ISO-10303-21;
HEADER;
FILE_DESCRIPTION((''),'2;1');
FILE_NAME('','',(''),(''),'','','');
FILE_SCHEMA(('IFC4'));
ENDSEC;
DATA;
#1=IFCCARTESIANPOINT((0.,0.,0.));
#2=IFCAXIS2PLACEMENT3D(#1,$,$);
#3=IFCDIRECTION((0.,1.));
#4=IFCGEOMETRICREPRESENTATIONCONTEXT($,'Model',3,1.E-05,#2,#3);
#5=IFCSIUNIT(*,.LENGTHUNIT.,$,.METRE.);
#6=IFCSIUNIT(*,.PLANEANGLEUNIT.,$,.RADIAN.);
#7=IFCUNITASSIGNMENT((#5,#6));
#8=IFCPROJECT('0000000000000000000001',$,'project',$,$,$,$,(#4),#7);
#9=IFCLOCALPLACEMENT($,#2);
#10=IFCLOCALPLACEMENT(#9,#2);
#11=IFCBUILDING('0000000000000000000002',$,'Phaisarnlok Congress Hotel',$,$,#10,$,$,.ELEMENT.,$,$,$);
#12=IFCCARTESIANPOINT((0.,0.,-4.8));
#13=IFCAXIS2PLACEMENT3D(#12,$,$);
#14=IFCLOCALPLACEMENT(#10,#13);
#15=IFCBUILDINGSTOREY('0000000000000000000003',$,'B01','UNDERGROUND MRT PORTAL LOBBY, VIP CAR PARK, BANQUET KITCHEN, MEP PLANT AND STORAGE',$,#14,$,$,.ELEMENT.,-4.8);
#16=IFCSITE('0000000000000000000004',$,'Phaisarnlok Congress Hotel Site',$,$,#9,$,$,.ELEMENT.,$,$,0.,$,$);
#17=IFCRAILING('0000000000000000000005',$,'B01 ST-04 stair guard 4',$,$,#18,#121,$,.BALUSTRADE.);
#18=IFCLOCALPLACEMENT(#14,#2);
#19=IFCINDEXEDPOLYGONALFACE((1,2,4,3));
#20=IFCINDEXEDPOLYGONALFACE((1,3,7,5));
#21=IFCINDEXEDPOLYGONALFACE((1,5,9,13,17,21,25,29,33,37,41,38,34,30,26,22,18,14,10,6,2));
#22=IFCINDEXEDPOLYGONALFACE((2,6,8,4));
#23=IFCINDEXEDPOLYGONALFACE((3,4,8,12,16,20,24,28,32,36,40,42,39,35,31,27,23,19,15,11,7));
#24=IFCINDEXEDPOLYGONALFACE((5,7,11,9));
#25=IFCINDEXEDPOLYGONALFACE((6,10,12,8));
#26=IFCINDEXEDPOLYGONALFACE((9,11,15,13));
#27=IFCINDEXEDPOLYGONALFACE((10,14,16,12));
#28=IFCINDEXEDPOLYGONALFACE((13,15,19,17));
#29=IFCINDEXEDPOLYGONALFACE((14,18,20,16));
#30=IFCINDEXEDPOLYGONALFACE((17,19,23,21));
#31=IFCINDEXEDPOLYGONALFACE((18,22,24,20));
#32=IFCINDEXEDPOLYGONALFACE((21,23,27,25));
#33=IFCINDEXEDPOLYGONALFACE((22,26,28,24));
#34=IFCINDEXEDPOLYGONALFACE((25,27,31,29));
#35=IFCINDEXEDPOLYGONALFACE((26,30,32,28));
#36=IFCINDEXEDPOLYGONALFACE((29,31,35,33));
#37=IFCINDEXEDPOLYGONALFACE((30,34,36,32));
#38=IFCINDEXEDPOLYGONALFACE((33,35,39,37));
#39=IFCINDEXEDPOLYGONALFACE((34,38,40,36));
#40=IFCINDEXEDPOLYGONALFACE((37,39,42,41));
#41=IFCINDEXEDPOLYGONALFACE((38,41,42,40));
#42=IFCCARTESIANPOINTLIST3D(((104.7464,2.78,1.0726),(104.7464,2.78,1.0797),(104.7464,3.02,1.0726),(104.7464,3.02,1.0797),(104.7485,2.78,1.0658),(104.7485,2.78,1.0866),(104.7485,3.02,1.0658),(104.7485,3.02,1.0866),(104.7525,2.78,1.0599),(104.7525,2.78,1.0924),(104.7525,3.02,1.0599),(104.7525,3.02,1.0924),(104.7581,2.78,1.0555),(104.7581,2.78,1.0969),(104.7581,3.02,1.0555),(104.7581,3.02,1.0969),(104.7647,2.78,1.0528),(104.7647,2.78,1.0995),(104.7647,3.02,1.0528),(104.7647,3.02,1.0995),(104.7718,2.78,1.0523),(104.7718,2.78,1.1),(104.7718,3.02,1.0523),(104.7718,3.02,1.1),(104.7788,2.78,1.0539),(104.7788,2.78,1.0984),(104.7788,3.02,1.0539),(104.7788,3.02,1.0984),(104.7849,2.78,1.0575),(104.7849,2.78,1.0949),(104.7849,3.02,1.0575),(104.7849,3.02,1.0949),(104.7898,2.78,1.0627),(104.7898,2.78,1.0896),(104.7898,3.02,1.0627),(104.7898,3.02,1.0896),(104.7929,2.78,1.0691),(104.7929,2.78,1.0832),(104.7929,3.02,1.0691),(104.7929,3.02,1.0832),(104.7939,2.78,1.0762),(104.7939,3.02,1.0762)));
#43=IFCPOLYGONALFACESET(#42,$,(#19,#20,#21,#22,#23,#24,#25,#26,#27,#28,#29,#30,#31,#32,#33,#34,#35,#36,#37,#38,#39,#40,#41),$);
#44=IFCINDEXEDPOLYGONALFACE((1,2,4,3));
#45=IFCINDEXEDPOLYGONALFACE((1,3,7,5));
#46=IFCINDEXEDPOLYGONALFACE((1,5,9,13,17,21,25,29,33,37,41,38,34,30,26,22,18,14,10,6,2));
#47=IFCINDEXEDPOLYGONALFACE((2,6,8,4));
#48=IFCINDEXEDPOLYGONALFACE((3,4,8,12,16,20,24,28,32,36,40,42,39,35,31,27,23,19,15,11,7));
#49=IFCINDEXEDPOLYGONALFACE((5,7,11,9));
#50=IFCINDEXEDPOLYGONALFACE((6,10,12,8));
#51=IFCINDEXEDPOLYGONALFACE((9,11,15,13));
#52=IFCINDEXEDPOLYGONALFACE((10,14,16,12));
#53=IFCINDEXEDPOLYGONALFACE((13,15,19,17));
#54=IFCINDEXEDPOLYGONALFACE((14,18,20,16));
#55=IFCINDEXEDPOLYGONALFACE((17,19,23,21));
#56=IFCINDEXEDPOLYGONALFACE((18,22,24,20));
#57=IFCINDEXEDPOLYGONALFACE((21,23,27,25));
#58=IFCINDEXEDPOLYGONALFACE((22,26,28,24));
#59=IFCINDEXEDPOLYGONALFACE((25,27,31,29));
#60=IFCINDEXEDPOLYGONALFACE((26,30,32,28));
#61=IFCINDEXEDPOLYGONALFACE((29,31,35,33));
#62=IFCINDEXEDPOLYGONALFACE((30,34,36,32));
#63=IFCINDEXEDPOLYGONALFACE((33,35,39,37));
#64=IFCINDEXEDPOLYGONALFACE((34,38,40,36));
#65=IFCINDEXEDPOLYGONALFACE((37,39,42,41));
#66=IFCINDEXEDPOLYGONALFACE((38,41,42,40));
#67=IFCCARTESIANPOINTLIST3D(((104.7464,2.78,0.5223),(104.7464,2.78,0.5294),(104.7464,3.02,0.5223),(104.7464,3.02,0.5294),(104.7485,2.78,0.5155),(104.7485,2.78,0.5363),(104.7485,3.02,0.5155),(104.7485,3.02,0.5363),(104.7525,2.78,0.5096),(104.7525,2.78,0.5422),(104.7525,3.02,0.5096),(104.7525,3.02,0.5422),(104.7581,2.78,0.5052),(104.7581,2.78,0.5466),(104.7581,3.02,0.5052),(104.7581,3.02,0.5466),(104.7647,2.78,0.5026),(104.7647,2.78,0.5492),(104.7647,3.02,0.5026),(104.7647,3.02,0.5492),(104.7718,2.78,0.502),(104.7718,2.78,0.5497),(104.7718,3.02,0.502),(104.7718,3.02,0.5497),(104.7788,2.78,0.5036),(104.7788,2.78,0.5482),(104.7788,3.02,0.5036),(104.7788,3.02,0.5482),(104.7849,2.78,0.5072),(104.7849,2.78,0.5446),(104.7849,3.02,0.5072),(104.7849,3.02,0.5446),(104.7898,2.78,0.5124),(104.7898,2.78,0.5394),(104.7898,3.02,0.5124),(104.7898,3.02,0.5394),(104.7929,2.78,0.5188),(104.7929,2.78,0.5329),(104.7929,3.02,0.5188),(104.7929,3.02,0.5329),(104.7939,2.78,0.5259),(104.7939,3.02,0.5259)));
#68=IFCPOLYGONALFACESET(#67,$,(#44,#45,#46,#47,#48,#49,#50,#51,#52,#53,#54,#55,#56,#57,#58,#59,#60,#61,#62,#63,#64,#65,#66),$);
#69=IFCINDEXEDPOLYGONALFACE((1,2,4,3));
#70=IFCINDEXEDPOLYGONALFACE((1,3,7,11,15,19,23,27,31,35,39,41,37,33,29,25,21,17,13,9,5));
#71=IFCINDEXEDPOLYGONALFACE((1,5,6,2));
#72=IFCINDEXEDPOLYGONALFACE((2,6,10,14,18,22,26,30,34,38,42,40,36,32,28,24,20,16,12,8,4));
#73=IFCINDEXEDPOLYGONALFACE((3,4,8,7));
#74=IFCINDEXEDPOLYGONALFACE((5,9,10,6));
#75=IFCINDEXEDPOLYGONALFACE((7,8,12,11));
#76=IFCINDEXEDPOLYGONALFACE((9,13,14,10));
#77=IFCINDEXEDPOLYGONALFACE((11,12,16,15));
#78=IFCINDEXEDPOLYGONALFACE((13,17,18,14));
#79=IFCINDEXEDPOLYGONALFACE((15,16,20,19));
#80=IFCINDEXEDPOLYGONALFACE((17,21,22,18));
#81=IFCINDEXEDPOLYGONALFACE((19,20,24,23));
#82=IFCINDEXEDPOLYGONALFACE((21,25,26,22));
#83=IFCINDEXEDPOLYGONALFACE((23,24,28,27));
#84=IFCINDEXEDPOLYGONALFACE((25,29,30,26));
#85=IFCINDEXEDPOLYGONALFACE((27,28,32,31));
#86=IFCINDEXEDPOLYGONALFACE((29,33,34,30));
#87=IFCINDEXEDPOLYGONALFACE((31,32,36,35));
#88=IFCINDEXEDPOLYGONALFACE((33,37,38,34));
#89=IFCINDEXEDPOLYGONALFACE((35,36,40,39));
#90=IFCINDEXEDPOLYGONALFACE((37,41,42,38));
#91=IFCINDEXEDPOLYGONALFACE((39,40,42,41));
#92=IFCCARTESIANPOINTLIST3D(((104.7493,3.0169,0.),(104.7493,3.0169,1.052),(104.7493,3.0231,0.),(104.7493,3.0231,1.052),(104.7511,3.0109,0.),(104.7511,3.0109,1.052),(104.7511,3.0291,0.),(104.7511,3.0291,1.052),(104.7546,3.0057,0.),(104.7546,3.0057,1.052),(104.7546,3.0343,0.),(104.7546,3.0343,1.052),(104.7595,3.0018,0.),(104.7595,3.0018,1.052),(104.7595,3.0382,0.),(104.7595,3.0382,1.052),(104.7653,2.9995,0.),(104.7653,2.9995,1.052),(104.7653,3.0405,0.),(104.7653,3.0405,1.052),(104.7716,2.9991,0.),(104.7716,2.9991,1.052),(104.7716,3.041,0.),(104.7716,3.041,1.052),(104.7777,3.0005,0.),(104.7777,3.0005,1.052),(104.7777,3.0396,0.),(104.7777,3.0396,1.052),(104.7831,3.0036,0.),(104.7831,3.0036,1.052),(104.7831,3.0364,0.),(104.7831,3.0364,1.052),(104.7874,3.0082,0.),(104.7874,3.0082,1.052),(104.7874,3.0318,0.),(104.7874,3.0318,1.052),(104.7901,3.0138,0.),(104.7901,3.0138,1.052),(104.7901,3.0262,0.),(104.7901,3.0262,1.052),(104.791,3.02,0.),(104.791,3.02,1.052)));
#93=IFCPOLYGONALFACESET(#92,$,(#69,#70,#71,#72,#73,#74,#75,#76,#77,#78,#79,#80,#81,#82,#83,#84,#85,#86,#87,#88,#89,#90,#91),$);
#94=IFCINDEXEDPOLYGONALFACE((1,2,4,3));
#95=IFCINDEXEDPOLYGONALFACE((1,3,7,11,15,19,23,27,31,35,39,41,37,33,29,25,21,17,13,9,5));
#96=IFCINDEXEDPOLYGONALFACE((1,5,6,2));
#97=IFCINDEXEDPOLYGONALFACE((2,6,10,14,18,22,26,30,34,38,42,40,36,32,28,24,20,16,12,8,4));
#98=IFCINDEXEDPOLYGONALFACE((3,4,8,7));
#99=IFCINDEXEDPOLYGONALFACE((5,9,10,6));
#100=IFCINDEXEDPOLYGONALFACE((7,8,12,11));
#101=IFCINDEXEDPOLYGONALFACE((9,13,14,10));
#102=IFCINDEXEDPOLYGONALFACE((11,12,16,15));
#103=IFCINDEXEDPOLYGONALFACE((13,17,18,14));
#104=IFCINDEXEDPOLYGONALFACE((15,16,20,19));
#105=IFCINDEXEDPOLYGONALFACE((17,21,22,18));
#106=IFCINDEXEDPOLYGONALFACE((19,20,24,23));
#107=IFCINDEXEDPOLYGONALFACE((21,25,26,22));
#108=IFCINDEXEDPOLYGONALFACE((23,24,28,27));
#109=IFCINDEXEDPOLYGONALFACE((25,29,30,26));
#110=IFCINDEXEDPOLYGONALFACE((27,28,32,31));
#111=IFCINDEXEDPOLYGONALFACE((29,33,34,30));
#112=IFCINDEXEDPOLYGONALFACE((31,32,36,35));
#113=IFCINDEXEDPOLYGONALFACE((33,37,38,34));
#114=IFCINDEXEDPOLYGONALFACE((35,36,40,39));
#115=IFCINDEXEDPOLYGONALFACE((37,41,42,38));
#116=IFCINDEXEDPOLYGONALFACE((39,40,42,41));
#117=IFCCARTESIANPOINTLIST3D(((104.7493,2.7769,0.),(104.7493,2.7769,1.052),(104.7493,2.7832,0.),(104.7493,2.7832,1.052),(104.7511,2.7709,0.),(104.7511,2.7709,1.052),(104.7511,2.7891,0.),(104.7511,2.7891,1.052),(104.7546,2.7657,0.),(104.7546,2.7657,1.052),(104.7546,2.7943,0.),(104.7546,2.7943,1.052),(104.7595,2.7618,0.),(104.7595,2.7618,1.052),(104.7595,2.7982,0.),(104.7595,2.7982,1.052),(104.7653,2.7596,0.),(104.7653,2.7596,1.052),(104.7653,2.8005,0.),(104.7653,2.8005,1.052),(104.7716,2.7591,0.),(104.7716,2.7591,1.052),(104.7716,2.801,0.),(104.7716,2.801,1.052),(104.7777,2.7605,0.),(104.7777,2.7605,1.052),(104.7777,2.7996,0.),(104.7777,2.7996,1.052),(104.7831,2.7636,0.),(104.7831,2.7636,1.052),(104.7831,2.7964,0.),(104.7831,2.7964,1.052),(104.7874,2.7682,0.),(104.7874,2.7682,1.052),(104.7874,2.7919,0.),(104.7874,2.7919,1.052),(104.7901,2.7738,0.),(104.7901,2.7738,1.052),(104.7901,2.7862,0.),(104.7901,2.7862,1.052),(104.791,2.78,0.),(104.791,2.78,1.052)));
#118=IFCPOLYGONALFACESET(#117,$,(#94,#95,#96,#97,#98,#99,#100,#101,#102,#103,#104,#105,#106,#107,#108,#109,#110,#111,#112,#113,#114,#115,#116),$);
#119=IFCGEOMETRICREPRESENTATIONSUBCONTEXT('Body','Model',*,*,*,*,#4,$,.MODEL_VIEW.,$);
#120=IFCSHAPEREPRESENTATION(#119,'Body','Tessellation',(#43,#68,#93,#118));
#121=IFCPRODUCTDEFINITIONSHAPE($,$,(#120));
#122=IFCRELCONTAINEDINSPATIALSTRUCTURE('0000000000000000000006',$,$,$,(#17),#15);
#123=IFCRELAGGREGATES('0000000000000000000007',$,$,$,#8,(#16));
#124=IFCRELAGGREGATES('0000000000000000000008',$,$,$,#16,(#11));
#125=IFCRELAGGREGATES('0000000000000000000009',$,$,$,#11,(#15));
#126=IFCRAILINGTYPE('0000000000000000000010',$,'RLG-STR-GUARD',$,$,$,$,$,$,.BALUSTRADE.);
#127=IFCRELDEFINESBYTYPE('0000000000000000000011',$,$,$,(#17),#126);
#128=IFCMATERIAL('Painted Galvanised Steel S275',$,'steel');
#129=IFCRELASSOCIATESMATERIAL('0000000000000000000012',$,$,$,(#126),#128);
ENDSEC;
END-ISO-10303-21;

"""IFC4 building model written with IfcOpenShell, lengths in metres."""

from ifc_helpers import new_model, si_unit, direction, frame, origin, origin_2d, place, context, subcontext, project, spatial, circle, extrude, material, type_object, element, save


model = new_model("IFC4")

# Units and contexts
model_context = context("Model", 3, precision=1e-05, world=origin(), true_north=direction((0.0, 1.0)))
body_context = subcontext(model_context, "Body", "Model", "MODEL_VIEW")
ifc_project = project(units=[si_unit("LENGTHUNIT", "METRE"), si_unit("PLANEANGLEUNIT", "RADIAN")], contexts=[model_context])

# Site, building, storey
site_placement = place(None, origin())
site = spatial("IfcSite", under=ifc_project, at=site_placement, Name="Phaisarnlok Congress Hotel Site", CompositionType="ELEMENT", RefElevation=0.0)
building_placement = place(site_placement, origin())
building = spatial("IfcBuilding", under=site, at=building_placement, Name="Phaisarnlok Congress Hotel", CompositionType="ELEMENT")
storey_placement = place(building_placement, frame((0.0, 0.0, -4.8)))
storey = spatial("IfcBuildingStorey", under=building, at=storey_placement, Name="B01", Description="UNDERGROUND MRT PORTAL LOBBY, VIP CAR PARK, BANQUET KITCHEN, MEP PLANT AND STORAGE", CompositionType="ELEMENT", Elevation=-4.8)

# Railing
ifc_material_1 = material(Name="Painted Galvanised Steel S275", Category="steel")
railing_type_1 = type_object("IfcRailingType", Name="RLG-STR-GUARD", PredefinedType="BALUSTRADE", material=ifc_material_1)
railing_1_placement = place(storey_placement, frame((104.77, 3.02, 0.0)))
element("IfcRailing", 1, at=railing_1_placement, inside=storey, type_object=railing_type_1, Name="B01 ST-04 stair guard 4", PredefinedType="BALUSTRADE", context=body_context, shape_type="SweptSolid", body=[
    extrude(circle(Radius=0.0239, at=origin_2d()), frame((0.0, 0.0, 1.0762), z_axis=(0.0, -1.0, 0.0), x_axis=(1.0, 0.0, 0.0)), (0.0, 0.0, 1.0), 0.24),
    extrude(circle(Radius=0.0239, at=origin_2d()), frame((0.0, 0.0, 0.5259), z_axis=(0.0, -1.0, 0.0), x_axis=(1.0, 0.0, 0.0)), (0.0, 0.0, 1.0), 0.24),
    extrude(circle(Radius=0.021, at=origin_2d()), origin(), (0.0, 0.0, 1.0), 1.052),
    extrude(circle(Radius=0.021, at=origin_2d()), frame((0.0, -0.24, 0.0)), (0.0, 0.0, 1.0), 1.052),
])

save(model, "model.ifc")
